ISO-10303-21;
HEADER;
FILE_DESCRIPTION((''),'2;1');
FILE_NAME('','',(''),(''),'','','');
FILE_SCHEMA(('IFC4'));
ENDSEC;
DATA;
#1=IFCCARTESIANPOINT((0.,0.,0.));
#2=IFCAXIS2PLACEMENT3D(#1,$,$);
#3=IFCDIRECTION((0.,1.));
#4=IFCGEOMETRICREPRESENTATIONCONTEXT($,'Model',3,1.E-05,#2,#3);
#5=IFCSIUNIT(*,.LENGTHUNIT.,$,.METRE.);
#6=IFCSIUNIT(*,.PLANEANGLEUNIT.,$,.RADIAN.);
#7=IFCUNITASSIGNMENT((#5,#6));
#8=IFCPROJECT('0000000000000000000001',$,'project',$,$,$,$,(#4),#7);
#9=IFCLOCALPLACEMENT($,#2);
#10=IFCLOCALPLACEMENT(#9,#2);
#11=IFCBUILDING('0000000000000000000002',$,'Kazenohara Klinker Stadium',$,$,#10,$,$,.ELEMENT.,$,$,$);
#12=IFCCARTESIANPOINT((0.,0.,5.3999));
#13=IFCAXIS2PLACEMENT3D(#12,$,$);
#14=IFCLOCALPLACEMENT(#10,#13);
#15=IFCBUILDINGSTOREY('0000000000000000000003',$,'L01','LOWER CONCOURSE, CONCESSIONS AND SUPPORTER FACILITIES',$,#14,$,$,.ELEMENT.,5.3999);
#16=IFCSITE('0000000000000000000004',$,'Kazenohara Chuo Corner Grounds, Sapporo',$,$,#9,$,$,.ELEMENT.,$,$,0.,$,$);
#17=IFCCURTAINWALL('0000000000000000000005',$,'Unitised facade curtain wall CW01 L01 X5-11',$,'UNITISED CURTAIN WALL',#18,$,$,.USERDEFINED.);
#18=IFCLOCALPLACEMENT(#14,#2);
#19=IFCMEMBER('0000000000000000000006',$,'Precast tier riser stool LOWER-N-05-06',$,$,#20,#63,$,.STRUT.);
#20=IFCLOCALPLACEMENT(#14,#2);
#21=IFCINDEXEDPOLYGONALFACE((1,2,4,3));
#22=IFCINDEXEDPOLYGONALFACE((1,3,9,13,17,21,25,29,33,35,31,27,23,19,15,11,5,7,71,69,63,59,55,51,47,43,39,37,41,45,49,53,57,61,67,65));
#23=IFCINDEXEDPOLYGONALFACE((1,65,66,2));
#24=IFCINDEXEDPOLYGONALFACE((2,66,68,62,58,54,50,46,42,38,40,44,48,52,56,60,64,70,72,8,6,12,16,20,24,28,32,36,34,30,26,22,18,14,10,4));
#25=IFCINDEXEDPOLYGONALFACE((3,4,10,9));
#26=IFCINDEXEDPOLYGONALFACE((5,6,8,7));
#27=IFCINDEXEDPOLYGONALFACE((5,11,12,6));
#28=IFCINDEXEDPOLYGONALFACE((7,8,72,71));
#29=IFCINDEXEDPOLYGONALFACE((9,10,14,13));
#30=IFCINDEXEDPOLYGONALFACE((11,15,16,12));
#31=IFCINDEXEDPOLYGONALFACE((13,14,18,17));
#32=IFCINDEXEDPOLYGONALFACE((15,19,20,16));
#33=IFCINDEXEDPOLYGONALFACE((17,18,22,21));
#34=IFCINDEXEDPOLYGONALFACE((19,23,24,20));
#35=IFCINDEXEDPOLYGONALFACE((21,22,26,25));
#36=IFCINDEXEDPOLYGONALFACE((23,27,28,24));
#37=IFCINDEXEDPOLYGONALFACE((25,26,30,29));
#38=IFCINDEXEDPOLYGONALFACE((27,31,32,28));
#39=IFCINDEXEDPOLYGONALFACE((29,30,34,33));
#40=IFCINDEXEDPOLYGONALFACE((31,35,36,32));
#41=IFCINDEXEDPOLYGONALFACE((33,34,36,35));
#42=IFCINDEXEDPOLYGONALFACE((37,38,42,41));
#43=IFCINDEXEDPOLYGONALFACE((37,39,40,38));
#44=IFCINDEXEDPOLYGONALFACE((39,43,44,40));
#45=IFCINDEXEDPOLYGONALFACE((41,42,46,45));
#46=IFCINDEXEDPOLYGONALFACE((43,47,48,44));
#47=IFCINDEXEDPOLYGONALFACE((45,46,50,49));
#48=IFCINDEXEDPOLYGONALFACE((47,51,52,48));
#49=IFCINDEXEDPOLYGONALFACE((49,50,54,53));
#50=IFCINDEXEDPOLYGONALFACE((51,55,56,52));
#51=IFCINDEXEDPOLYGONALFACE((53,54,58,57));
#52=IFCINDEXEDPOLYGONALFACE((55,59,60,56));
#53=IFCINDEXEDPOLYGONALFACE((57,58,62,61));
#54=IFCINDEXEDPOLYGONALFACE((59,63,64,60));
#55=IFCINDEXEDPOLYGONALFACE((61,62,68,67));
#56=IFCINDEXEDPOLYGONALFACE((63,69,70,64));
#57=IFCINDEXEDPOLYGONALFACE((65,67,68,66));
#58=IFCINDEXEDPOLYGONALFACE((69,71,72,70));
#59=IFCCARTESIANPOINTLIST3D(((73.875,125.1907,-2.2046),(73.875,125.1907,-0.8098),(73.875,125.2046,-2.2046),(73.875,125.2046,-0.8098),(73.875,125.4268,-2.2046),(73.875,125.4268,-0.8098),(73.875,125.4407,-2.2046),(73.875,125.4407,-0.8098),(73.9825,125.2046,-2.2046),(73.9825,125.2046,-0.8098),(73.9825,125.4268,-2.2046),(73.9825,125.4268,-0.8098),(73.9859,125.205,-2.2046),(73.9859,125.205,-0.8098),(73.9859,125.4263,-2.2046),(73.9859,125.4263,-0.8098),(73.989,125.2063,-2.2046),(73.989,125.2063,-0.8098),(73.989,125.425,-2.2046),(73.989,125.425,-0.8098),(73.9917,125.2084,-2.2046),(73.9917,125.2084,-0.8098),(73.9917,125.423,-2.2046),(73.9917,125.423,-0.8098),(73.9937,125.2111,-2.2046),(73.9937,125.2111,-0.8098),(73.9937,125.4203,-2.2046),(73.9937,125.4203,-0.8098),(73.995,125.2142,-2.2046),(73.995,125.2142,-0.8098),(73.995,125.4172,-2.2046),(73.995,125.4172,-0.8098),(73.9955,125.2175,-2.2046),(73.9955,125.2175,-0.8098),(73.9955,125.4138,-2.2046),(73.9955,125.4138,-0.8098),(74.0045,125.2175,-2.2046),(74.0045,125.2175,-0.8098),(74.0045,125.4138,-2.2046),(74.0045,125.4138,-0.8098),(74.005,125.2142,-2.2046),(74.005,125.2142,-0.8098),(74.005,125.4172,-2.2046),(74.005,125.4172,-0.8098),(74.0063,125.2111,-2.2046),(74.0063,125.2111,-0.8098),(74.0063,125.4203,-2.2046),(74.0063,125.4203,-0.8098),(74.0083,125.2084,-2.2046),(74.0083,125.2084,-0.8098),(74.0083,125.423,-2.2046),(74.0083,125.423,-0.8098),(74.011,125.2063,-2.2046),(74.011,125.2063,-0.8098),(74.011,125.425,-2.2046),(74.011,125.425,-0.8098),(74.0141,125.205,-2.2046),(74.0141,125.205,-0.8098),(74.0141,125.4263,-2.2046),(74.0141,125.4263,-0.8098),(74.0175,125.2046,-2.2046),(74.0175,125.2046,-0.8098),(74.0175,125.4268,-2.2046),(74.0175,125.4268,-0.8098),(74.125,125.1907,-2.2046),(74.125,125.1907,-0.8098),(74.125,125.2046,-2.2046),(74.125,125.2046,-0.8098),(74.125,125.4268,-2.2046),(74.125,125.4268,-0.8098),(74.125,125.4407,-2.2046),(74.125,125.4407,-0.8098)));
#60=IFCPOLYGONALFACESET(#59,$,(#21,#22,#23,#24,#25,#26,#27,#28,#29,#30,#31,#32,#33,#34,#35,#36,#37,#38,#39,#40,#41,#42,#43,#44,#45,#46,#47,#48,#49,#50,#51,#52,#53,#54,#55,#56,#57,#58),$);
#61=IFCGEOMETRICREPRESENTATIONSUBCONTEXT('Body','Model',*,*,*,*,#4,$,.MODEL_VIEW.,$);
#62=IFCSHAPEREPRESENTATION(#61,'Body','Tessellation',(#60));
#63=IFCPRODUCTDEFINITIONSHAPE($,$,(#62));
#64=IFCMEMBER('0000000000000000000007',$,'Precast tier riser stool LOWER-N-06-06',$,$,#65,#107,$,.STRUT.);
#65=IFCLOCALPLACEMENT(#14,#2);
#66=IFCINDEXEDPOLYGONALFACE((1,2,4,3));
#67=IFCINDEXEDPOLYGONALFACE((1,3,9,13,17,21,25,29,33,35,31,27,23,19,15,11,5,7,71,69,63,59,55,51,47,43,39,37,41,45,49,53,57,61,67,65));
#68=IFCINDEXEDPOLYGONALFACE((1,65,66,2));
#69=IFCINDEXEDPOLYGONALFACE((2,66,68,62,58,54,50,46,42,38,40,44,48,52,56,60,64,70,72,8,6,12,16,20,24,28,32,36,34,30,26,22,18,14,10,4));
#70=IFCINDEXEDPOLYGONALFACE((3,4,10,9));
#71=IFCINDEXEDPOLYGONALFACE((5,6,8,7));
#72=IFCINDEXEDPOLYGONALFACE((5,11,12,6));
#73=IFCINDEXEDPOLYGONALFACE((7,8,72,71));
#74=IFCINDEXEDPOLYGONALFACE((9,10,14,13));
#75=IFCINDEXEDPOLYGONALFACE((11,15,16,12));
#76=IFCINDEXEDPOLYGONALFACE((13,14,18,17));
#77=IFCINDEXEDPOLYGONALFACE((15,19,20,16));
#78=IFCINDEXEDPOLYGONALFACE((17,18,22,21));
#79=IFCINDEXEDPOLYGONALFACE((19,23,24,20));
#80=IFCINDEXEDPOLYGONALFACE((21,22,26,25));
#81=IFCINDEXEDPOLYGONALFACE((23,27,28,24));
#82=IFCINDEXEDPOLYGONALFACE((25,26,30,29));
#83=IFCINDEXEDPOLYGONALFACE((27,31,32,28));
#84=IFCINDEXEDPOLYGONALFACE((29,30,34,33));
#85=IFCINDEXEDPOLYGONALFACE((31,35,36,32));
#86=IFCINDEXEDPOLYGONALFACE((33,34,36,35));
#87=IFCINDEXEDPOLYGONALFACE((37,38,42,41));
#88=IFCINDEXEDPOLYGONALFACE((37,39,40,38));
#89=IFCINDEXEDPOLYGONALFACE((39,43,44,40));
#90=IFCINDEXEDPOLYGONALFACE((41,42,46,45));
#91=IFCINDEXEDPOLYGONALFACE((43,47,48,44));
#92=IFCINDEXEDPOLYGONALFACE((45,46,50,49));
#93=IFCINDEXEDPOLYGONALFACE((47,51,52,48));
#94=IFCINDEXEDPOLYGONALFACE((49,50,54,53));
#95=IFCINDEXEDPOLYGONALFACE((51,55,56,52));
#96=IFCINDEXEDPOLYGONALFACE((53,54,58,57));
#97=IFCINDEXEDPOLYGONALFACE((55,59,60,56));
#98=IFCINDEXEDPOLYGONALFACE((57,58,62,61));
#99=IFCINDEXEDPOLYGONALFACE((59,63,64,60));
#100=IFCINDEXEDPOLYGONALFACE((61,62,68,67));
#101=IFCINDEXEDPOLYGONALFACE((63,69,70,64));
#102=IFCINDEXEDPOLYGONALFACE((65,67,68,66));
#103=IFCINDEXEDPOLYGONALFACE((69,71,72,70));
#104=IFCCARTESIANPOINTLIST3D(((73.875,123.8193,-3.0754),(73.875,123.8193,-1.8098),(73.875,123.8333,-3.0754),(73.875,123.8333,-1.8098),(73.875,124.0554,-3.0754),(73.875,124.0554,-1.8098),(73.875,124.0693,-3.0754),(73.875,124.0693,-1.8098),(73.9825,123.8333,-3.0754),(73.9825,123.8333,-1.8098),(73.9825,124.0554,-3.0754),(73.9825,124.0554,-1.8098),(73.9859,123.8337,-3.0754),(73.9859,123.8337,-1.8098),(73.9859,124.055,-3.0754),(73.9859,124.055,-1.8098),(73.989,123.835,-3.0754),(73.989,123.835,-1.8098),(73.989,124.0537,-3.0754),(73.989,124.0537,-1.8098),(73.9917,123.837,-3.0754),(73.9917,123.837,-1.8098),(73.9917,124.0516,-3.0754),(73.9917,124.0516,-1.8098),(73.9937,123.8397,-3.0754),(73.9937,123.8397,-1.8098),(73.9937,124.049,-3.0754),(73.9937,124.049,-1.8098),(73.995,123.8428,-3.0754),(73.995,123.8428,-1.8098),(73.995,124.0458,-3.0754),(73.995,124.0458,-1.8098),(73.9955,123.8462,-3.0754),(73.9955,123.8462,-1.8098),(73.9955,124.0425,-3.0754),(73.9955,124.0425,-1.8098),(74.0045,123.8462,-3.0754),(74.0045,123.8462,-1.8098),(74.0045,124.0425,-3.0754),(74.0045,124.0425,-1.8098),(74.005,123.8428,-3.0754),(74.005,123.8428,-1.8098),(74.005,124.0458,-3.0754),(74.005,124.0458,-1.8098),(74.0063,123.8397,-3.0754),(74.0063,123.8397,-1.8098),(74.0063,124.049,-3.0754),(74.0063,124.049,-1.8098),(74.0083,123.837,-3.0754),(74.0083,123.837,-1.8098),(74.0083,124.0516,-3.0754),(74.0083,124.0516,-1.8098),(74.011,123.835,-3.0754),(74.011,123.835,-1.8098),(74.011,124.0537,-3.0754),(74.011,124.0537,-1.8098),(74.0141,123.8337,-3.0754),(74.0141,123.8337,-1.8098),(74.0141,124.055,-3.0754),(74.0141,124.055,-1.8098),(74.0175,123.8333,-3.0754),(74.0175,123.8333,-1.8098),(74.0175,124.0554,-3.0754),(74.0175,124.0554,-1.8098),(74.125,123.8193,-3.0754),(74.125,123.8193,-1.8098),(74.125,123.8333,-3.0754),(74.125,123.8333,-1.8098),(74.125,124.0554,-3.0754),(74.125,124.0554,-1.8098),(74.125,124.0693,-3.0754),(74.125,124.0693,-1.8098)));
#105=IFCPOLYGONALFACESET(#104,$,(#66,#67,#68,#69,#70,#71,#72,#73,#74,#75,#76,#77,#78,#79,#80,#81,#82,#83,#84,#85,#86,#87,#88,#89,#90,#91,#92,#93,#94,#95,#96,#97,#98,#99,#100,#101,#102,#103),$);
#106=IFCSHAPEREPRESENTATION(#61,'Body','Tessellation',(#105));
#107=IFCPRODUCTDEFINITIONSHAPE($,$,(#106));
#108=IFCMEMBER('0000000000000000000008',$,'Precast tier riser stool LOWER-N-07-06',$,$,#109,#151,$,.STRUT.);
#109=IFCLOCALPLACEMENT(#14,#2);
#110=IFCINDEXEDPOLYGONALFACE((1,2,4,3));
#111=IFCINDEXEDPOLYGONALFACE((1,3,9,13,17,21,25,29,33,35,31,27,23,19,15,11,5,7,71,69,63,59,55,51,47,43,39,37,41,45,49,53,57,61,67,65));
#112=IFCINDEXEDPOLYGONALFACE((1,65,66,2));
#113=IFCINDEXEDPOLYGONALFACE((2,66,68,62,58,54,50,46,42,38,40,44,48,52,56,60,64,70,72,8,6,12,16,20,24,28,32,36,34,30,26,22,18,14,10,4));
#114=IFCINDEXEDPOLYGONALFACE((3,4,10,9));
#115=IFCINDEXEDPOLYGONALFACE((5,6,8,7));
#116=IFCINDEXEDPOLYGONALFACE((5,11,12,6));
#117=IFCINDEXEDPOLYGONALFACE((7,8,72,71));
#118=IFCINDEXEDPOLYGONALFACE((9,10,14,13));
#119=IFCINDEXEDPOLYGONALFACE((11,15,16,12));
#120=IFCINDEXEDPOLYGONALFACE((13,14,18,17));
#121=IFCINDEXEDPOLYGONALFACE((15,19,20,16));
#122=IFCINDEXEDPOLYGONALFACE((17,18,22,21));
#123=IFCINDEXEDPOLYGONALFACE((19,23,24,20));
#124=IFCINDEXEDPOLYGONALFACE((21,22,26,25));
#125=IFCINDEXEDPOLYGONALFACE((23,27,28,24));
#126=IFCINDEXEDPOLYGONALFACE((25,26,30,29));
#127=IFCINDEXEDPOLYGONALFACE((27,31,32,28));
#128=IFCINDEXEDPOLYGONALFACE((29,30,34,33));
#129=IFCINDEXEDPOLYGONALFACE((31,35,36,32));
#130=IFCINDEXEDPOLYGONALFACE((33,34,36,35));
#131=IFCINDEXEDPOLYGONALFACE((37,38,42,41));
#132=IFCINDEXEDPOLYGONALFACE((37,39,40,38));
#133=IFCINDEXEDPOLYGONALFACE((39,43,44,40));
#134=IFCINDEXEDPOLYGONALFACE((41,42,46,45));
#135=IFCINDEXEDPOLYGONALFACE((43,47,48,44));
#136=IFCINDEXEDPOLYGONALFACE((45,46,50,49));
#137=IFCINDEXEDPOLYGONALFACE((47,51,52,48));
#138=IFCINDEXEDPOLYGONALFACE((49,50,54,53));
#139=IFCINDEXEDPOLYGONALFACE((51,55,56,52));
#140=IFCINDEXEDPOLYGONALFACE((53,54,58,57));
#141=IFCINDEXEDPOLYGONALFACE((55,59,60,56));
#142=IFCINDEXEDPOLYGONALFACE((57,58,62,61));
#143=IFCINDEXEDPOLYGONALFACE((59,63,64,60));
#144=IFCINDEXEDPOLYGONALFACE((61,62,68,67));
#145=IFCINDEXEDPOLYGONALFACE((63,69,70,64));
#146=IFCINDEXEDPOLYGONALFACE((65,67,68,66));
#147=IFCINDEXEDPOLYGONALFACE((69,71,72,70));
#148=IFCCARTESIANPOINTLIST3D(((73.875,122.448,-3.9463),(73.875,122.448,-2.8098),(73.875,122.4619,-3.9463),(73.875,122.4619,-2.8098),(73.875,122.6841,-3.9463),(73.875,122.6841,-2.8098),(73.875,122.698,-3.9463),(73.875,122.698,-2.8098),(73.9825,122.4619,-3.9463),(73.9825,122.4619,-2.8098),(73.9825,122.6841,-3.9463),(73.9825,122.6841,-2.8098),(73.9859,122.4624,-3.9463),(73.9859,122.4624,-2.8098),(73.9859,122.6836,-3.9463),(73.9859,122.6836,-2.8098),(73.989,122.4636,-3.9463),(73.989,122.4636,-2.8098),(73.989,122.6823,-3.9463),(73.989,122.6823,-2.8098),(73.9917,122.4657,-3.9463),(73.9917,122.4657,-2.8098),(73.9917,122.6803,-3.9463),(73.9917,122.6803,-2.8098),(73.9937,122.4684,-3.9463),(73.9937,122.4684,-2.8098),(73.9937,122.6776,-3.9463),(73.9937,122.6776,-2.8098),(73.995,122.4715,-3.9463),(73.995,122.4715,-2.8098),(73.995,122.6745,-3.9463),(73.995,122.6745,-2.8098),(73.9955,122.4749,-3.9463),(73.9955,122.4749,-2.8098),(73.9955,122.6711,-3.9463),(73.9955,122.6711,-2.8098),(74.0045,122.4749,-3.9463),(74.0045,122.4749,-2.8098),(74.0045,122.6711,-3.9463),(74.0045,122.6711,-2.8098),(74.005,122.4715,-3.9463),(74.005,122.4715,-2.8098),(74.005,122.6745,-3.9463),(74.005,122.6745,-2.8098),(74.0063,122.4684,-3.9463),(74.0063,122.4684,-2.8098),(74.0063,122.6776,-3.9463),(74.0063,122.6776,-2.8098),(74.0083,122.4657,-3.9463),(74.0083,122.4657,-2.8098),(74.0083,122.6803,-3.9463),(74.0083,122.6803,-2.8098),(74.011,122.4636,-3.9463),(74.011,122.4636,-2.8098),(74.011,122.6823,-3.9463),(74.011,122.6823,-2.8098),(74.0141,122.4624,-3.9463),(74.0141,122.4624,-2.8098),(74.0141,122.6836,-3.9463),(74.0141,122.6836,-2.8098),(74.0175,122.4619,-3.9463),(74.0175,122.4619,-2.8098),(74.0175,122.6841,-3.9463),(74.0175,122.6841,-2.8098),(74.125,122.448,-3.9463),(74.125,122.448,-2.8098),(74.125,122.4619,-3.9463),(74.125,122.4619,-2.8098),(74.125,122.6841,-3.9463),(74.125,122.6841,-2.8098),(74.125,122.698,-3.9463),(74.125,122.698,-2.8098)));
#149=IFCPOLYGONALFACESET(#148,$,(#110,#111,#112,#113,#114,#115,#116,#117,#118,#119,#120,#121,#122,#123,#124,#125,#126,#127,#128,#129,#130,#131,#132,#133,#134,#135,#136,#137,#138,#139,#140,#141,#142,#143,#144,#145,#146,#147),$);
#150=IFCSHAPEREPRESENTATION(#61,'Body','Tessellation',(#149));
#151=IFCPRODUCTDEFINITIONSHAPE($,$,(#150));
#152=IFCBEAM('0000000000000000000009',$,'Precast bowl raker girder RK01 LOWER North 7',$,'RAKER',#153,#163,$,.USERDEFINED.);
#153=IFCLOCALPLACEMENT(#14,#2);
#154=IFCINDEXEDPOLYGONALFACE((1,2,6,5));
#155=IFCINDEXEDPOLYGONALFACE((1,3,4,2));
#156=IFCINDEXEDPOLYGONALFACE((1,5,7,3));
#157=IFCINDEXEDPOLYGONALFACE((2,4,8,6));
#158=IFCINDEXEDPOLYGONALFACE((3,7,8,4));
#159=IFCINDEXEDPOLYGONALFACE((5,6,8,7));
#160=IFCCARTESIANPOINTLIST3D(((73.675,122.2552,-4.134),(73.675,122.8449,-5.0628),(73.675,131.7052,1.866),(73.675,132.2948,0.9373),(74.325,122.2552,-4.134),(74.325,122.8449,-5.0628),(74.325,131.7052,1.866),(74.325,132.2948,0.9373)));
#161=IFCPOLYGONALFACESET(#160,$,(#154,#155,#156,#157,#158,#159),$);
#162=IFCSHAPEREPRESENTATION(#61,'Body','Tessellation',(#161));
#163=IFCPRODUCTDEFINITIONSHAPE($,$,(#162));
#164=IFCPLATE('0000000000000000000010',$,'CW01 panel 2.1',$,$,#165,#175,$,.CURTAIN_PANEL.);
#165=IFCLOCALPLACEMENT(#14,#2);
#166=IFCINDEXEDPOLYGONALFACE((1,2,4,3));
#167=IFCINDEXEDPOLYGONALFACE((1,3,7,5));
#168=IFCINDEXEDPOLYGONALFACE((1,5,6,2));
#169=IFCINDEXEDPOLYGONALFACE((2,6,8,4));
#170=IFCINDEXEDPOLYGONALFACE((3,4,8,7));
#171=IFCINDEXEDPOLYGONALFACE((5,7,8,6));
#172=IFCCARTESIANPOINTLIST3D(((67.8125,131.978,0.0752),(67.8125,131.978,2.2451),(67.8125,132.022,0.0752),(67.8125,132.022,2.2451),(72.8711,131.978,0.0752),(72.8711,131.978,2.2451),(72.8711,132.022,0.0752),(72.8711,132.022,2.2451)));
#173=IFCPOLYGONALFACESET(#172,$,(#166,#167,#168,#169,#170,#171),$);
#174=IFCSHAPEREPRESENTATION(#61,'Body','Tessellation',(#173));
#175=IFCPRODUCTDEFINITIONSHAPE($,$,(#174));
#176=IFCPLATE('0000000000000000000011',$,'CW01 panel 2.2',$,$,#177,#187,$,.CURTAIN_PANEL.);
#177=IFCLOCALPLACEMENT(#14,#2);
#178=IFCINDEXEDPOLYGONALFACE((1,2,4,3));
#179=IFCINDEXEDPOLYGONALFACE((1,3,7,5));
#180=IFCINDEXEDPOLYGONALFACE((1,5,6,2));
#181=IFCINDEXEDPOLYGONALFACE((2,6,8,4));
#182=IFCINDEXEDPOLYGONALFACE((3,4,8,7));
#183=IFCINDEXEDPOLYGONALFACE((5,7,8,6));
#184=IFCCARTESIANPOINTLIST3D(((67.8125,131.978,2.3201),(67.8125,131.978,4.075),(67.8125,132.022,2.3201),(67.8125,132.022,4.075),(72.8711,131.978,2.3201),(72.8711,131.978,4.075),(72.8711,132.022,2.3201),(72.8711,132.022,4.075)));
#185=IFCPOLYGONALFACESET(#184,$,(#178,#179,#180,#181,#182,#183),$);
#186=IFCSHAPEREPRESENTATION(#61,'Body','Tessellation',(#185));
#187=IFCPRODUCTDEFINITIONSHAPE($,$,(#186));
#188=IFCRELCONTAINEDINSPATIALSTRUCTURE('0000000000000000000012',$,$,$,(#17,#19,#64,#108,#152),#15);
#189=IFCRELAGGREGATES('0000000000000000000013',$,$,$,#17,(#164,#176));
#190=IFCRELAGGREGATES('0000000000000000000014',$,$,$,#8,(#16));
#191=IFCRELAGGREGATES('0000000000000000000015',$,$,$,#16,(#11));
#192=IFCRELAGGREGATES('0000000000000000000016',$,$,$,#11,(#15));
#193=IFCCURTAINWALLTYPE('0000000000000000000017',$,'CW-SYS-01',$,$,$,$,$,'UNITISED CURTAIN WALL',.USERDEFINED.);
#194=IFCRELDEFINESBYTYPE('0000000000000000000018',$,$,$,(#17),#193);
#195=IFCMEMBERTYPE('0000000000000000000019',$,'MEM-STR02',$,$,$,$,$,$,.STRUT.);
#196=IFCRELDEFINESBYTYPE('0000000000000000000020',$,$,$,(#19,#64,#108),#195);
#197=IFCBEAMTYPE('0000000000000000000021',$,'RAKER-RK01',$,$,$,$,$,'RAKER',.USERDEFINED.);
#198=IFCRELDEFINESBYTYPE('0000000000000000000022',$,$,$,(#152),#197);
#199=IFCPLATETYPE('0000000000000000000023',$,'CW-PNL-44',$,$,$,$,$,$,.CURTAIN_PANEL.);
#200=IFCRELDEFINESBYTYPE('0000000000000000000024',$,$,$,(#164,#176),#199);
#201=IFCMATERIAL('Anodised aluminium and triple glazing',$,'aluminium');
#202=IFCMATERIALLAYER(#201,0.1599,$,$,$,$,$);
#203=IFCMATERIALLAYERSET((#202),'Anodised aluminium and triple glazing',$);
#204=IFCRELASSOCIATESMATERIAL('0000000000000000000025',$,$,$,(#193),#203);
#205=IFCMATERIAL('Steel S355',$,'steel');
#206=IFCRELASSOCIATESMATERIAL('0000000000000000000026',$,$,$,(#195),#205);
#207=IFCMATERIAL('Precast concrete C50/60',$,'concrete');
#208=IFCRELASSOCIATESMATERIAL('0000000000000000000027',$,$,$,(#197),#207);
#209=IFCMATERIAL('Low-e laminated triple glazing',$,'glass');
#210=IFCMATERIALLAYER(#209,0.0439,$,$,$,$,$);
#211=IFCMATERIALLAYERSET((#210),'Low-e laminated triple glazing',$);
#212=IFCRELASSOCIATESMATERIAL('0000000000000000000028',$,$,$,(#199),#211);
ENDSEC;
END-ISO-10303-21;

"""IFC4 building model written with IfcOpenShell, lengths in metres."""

from ifc_helpers import new_model, si_unit, direction, frame, origin, origin_2d, place, context, subcontext, project, spatial, rectangle, i_section, extrude, material, layer, layer_set, material_profile, profile_set, type_object, element, aggregate, save


model = new_model("IFC4")

# Units and contexts
model_context = context("Model", 3, precision=1e-05, world=origin(), true_north=direction((0.0, 1.0)))
body_context = subcontext(model_context, "Body", "Model", "MODEL_VIEW")
ifc_project = project(units=[si_unit("LENGTHUNIT", "METRE"), si_unit("PLANEANGLEUNIT", "RADIAN")], contexts=[model_context])

# Site, building, storey
site_placement = place(None, origin())
site = spatial("IfcSite", under=ifc_project, at=site_placement, Name="Kazenohara Chuo Corner Grounds, Sapporo", CompositionType="ELEMENT", RefElevation=0.0)
building_placement = place(site_placement, origin())
building = spatial("IfcBuilding", under=site, at=building_placement, Name="Kazenohara Klinker Stadium", CompositionType="ELEMENT")
storey_placement = place(building_placement, frame((0.0, 0.0, 5.3999)))
storey = spatial("IfcBuildingStorey", under=building, at=storey_placement, Name="L01", Description="LOWER CONCOURSE, CONCESSIONS AND SUPPORTER FACILITIES", CompositionType="ELEMENT", Elevation=5.3999)

# Shared definitions
ifc_material_1 = material(Name="Steel S355", Category="steel")

# Curtain wall
ifc_material_2 = material(Name="Anodised aluminium and triple glazing", Category="aluminium")
ifc_layer_1 = layer(ifc_material_2, 0.1599)
ifc_layer_set_1 = layer_set([ifc_layer_1], Name="Anodised aluminium and triple glazing")
curtain_wall_type = type_object("IfcCurtainWallType", Name="CW-SYS-01", ElementType="UNITISED CURTAIN WALL", PredefinedType="USERDEFINED", material=ifc_layer_set_1)
curtain_wall_placement = place(storey_placement, origin())
curtain_wall = element("IfcCurtainWall", 1, at=curtain_wall_placement, inside=storey, type_object=curtain_wall_type, Name="Unitised facade curtain wall CW01 L01 X5-11", ObjectType="UNITISED CURTAIN WALL", PredefinedType="USERDEFINED")

# Members
ifc_material_profile_1 = material_profile(ifc_material_1, i_section(OverallWidth=0.25, OverallDepth=0.25, WebThickness=0.009, FlangeThickness=0.0139, FilletRadius=0.0129, at=origin_2d()), Name="H-250x250x9x14")
ifc_profile_set_1 = profile_set([ifc_material_profile_1], Name="Steel S355")
member_type_1 = type_object("IfcMemberType", Name="MEM-STR02", PredefinedType="STRUT", material=ifc_profile_set_1)
member_1_placement = place(storey_placement, frame((74.0, 125.3157, -2.2046), z_axis=(0.0, 0.0, 1.0), x_axis=(1.0, 0.0, 0.0)))
element("IfcMember", 2, at=member_1_placement, inside=storey, type_object=member_type_1, Name="Precast tier riser stool LOWER-N-05-06", PredefinedType="STRUT", context=body_context, shape_type="SweptSolid", body=[
    extrude(i_section(OverallWidth=0.25, OverallDepth=0.25, WebThickness=0.009, FlangeThickness=0.0139, FilletRadius=0.0129, at=origin_2d()), origin(), (0.0, 0.0, 1.0), 1.3948),
])
member_2_placement = place(storey_placement, frame((74.0, 123.9443, -3.0754), z_axis=(0.0, 0.0, 1.0), x_axis=(1.0, 0.0, 0.0)))
element("IfcMember", 3, at=member_2_placement, inside=storey, type_object=member_type_1, Name="Precast tier riser stool LOWER-N-06-06", PredefinedType="STRUT", context=body_context, shape_type="SweptSolid", body=[
    extrude(i_section(OverallWidth=0.25, OverallDepth=0.25, WebThickness=0.009, FlangeThickness=0.0139, FilletRadius=0.0129, at=origin_2d()), origin(), (0.0, 0.0, 1.0), 1.2656),
])
member_3_placement = place(storey_placement, frame((74.0, 122.573, -3.9463), z_axis=(0.0, 0.0, 1.0), x_axis=(1.0, 0.0, 0.0)))
element("IfcMember", 4, at=member_3_placement, inside=storey, type_object=member_type_1, Name="Precast tier riser stool LOWER-N-07-06", PredefinedType="STRUT", context=body_context, shape_type="SweptSolid", body=[
    extrude(i_section(OverallWidth=0.25, OverallDepth=0.25, WebThickness=0.009, FlangeThickness=0.0139, FilletRadius=0.0129, at=origin_2d()), origin(), (0.0, 0.0, 1.0), 1.1365),
])

# Beam
ifc_material_3 = material(Name="Precast concrete C50/60", Category="concrete")
ifc_material_profile_2 = material_profile(ifc_material_3, rectangle(XDim=0.6499, YDim=1.1001, at=origin_2d()), Name="PC-RAKER-650x1100")
ifc_profile_set_2 = profile_set([ifc_material_profile_2], Name="Precast concrete C50/60")
beam_type_1 = type_object("IfcBeamType", Name="RAKER-RK01", ElementType="RAKER", PredefinedType="USERDEFINED", material=ifc_profile_set_2)
beam_1_placement = place(storey_placement, frame((74.0, 132.0, 1.4016), z_axis=(0.0, -0.844212, -0.53601), x_axis=(1.0, 0.0, 0.0)))
element("IfcBeam", 5, at=beam_1_placement, inside=storey, type_object=beam_type_1, Name="Precast bowl raker girder RK01 LOWER North 7", ObjectType="RAKER", PredefinedType="USERDEFINED", context=body_context, shape_type="SweptSolid", body=[
    extrude(rectangle(XDim=0.6499, YDim=1.1001, at=origin_2d()), origin(), (0.0, 0.0, 1.0), 11.1938),
])

# Plates
ifc_material_4 = material(Name="Low-e laminated triple glazing", Category="glass")
ifc_layer_2 = layer(ifc_material_4, 0.0439)
ifc_layer_set_2 = layer_set([ifc_layer_2], Name="Low-e laminated triple glazing")
plate_type = type_object("IfcPlateType", Name="CW-PNL-44", PredefinedType="CURTAIN_PANEL", material=ifc_layer_set_2)
plate_1_placement = place(storey_placement, frame((70.3418, 132.0, 0.0752), z_axis=(0.0, 0.0, 1.0), x_axis=(1.0, 0.0, 0.0)))
plate_1 = element("IfcPlate", 6, at=plate_1_placement, type_object=plate_type, Name="CW01 panel 2.1", PredefinedType="CURTAIN_PANEL", context=body_context, shape_type="SweptSolid", body=[
    extrude(rectangle(XDim=5.0586, YDim=0.0439, at=origin_2d()), origin(), (0.0, 0.0, 1.0), 2.1699),
])
plate_2_placement = place(storey_placement, frame((70.3418, 132.0, 2.3201), z_axis=(0.0, 0.0, 1.0), x_axis=(1.0, 0.0, 0.0)))
plate_2 = element("IfcPlate", 7, at=plate_2_placement, type_object=plate_type, Name="CW01 panel 2.2", PredefinedType="CURTAIN_PANEL", context=body_context, shape_type="SweptSolid", body=[
    extrude(rectangle(XDim=5.0586, YDim=0.0439, at=origin_2d()), origin(), (0.0, 0.0, 1.0), 1.7549),
])
aggregate(curtain_wall, [plate_1, plate_2])

save(model, "model.ifc")
